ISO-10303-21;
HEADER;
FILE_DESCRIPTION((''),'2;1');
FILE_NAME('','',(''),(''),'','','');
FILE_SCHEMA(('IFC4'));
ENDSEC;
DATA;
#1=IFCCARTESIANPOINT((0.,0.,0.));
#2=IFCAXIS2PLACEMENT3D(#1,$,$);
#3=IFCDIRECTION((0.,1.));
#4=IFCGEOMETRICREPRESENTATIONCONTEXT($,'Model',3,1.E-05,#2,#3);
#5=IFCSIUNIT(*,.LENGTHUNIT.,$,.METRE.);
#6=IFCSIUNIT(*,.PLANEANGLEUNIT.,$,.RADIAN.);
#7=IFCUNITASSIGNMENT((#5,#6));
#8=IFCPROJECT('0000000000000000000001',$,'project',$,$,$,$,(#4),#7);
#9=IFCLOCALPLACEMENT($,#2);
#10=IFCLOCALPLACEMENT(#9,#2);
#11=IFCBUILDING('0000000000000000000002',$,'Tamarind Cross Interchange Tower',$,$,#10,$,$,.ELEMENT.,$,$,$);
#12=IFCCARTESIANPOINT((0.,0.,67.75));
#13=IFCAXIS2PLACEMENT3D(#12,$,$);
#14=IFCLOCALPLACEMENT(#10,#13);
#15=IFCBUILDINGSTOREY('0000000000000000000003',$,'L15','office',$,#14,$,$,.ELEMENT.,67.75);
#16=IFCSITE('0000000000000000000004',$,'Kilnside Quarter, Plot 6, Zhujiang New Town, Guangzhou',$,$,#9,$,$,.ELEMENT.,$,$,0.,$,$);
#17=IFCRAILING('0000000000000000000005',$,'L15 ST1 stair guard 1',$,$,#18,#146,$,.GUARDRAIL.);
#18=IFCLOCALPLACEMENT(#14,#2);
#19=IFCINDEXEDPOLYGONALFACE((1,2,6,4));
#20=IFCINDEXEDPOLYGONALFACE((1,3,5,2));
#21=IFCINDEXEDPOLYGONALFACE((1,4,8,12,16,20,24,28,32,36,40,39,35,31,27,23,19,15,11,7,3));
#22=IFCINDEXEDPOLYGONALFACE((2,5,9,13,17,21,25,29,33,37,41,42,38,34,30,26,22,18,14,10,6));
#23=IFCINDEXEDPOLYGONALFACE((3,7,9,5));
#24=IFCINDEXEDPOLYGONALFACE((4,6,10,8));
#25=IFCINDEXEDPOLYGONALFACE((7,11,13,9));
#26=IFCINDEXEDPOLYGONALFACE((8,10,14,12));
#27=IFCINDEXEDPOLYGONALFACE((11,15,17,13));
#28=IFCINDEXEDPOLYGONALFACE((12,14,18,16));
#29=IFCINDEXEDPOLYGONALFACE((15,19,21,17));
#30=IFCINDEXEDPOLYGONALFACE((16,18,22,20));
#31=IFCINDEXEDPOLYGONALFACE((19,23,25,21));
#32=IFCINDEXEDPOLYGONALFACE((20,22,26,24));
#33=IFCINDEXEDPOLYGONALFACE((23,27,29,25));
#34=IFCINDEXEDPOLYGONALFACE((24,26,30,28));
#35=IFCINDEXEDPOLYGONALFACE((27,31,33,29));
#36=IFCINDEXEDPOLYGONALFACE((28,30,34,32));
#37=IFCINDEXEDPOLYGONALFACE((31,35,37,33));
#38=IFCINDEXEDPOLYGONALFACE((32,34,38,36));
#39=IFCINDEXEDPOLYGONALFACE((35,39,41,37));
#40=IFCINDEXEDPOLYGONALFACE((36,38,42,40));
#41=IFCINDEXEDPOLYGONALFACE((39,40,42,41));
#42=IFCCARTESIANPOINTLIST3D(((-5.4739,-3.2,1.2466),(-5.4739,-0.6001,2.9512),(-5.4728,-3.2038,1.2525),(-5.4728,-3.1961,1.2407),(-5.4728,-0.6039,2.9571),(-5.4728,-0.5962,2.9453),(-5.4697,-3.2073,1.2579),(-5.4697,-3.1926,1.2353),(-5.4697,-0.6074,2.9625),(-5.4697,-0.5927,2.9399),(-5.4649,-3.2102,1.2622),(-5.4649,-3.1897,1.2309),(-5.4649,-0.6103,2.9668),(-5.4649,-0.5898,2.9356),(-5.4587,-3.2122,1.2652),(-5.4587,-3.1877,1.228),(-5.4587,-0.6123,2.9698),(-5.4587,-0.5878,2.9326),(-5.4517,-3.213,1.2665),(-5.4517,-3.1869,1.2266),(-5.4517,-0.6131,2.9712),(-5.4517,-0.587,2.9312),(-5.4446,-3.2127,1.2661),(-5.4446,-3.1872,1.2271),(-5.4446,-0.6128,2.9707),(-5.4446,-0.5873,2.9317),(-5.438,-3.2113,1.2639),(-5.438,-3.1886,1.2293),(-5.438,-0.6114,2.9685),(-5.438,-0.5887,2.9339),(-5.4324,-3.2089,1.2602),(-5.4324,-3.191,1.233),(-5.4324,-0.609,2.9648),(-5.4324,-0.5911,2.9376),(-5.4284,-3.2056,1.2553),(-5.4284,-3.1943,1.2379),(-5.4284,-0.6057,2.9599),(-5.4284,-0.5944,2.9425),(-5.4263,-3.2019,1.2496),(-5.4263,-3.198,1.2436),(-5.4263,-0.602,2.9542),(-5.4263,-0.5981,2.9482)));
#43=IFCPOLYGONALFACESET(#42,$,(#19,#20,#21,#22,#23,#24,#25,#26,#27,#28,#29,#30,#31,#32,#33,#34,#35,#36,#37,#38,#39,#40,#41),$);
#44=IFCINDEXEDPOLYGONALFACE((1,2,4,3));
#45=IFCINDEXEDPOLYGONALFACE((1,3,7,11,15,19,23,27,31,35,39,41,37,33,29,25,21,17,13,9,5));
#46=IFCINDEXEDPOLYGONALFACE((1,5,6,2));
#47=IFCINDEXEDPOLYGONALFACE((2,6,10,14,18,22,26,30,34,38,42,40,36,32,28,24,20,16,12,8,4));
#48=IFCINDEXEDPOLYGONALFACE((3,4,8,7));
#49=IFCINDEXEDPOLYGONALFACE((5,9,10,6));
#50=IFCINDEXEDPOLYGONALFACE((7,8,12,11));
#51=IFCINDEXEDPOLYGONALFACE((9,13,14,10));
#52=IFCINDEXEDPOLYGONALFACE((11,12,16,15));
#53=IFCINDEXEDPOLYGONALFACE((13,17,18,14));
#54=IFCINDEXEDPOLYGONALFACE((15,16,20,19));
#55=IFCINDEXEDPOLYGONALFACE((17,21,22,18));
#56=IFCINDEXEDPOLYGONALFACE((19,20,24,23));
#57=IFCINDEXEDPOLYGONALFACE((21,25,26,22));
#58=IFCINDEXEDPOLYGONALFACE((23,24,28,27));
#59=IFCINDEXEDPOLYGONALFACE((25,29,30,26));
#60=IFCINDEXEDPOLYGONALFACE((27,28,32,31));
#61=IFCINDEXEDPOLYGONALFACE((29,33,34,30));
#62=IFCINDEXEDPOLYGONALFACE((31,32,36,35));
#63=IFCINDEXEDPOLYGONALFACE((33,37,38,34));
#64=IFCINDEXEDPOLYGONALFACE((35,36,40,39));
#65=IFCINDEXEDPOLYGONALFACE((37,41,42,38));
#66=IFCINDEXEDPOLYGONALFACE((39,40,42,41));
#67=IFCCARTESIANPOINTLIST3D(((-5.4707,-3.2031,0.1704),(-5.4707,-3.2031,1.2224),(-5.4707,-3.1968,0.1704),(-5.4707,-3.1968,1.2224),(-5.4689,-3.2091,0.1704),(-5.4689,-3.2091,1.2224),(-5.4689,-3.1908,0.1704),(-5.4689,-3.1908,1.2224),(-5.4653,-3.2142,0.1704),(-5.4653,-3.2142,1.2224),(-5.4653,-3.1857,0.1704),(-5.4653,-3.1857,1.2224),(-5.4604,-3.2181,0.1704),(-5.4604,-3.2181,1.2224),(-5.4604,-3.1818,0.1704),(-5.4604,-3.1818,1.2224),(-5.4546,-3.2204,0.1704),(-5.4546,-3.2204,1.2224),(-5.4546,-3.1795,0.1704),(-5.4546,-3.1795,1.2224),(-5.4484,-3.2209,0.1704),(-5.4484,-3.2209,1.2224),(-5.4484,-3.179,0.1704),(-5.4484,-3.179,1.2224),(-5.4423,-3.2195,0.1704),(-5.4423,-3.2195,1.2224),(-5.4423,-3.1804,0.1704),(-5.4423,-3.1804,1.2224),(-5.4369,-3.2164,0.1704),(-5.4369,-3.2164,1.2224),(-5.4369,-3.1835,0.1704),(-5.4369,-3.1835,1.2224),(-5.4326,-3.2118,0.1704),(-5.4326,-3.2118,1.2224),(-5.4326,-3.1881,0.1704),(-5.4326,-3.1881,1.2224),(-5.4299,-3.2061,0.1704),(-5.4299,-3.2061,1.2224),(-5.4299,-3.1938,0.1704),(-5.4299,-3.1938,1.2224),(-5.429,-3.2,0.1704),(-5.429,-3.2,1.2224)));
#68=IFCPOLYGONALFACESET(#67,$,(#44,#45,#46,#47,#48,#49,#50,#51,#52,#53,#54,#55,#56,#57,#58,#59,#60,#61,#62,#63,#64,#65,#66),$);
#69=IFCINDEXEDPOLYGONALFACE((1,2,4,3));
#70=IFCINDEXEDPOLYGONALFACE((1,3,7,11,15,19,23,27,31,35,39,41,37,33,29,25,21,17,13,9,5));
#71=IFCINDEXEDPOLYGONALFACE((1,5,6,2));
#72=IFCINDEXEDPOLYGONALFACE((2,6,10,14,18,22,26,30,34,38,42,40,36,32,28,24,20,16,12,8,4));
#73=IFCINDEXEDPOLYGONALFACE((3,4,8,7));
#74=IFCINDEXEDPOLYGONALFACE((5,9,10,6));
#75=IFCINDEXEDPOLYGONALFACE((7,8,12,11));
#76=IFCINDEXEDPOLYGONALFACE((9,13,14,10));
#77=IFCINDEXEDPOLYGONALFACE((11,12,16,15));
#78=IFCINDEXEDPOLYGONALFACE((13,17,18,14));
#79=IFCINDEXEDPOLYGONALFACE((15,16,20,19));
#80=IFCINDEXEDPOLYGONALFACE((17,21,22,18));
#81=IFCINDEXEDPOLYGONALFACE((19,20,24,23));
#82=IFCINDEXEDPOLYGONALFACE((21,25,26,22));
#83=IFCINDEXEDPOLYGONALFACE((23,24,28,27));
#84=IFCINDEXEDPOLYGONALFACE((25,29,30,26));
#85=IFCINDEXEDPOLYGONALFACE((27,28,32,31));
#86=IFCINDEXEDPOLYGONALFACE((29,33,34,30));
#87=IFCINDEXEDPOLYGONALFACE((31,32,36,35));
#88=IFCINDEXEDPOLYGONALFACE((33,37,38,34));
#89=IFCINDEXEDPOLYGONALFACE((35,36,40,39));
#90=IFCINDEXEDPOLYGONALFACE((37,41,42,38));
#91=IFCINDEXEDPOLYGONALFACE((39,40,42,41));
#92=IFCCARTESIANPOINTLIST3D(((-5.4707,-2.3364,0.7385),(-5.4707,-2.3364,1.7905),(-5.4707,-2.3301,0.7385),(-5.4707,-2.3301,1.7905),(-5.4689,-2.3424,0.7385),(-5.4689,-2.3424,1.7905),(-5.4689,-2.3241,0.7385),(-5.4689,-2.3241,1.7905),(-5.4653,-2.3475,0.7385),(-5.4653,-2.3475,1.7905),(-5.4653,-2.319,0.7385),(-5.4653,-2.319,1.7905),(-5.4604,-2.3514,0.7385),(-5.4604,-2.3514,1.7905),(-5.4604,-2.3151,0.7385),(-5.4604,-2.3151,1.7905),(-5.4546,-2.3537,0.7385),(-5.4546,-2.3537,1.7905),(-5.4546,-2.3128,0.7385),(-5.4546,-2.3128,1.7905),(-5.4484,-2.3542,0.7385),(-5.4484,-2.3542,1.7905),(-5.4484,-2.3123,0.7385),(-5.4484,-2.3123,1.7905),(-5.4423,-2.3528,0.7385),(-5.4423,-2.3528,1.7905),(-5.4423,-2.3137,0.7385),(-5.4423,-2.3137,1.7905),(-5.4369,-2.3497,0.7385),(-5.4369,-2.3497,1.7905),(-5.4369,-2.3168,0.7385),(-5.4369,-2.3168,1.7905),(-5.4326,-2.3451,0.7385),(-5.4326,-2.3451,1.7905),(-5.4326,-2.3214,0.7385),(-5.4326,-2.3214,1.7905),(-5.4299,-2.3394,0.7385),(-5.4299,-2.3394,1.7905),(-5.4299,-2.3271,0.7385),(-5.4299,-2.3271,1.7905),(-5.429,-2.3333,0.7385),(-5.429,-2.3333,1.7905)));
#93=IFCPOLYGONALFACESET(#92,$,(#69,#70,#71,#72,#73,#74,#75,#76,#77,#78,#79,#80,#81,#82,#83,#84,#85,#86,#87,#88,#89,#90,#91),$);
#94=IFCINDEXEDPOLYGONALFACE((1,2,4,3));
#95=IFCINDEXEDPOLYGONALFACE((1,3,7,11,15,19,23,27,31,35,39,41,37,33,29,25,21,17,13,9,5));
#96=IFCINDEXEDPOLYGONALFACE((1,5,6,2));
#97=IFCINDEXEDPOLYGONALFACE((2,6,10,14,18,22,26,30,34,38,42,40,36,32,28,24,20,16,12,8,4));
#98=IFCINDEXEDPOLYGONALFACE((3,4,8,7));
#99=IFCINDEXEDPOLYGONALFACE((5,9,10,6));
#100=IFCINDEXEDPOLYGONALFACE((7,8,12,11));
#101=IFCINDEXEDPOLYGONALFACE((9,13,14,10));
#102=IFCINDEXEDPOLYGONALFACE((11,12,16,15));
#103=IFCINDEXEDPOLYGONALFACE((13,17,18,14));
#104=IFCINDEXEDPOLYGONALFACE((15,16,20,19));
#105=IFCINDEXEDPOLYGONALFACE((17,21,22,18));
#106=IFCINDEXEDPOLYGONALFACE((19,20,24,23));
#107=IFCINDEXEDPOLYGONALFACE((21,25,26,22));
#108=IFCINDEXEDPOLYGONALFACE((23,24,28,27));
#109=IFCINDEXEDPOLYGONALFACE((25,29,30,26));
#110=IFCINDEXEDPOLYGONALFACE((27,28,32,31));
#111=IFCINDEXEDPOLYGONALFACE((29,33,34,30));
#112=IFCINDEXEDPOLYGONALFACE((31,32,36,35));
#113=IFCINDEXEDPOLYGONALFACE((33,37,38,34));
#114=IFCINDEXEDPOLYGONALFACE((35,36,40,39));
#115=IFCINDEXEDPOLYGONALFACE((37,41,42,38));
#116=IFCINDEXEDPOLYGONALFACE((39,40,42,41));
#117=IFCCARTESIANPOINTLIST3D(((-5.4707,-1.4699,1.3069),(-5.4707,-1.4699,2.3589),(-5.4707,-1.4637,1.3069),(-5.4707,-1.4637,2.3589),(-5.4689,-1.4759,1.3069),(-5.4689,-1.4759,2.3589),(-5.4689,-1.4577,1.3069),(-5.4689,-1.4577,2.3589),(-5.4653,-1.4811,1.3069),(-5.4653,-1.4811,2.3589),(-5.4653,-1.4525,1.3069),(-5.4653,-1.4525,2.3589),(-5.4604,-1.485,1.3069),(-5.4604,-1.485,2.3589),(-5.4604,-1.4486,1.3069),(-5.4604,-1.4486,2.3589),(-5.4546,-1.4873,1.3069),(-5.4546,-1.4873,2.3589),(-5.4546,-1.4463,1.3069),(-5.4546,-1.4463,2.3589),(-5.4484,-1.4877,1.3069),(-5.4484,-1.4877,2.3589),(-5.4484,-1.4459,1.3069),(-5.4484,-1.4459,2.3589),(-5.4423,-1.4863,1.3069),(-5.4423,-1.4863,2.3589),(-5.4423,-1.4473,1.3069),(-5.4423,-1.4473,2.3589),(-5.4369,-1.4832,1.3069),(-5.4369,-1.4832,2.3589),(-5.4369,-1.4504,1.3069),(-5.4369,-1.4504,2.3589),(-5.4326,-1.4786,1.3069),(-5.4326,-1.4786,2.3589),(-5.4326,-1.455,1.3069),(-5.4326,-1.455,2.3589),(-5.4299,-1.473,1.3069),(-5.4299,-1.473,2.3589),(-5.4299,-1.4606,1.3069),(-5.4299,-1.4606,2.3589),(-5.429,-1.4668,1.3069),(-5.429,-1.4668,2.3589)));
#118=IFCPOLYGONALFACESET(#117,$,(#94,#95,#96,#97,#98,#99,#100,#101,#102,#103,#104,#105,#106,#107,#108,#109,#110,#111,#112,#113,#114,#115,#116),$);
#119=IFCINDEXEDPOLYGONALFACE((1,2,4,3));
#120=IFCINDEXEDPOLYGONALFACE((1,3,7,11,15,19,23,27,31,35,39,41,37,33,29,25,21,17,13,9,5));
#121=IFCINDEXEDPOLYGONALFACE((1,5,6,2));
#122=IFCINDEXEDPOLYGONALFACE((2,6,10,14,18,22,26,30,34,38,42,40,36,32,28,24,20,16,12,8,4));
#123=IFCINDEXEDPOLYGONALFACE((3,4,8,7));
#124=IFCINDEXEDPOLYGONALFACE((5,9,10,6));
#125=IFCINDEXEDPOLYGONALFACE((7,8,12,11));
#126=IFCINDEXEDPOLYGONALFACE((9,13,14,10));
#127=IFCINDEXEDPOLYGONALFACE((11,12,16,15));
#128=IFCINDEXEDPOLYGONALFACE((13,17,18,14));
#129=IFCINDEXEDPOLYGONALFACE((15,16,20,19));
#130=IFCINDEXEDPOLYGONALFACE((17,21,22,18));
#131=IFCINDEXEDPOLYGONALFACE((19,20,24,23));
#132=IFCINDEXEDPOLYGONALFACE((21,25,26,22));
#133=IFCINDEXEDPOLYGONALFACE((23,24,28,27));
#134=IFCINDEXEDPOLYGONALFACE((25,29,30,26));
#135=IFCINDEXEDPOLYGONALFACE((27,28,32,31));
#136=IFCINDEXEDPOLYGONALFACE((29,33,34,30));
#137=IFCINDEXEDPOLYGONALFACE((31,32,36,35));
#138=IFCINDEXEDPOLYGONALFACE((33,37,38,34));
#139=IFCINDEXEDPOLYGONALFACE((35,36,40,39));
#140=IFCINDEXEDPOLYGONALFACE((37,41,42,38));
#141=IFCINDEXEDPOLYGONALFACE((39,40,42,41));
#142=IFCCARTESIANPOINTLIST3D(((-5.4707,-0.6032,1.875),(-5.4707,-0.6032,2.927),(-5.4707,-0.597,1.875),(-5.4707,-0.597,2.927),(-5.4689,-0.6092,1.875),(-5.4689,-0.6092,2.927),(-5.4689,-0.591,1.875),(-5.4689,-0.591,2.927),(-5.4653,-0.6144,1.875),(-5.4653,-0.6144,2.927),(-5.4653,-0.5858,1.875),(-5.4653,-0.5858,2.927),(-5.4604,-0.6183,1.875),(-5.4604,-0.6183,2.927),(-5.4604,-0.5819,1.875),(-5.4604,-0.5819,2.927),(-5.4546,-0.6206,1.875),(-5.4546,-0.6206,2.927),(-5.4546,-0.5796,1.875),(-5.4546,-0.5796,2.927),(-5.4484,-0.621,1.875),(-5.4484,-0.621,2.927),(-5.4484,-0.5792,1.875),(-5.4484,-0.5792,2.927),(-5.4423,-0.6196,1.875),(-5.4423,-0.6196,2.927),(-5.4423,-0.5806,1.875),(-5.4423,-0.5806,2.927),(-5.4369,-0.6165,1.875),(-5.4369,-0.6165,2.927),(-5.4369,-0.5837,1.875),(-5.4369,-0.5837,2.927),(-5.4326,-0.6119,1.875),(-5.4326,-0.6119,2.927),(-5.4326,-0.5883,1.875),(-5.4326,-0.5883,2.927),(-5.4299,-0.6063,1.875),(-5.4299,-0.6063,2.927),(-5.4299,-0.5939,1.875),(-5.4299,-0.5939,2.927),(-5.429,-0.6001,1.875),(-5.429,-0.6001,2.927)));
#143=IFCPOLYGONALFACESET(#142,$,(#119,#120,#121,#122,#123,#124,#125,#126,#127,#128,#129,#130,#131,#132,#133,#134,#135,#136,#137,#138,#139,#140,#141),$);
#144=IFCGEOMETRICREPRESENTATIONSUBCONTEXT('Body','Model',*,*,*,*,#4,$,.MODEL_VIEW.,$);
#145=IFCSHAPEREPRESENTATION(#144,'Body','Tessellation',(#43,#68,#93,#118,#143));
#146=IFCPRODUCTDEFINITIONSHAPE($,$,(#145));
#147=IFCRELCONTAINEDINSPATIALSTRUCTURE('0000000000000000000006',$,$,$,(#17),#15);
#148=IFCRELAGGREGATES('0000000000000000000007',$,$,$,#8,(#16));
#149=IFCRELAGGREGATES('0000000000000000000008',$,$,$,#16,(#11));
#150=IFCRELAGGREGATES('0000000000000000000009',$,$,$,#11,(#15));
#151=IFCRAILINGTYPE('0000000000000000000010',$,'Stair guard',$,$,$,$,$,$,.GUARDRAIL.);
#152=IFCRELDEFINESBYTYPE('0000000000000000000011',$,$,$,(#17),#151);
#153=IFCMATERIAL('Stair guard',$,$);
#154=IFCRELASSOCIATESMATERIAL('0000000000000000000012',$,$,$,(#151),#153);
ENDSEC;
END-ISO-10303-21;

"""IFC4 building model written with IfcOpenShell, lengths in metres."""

from ifc_helpers import new_model, si_unit, direction, frame, origin, origin_2d, place, context, subcontext, project, spatial, circle, extrude, material, type_object, element, save


model = new_model("IFC4")

# Units and contexts
model_context = context("Model", 3, precision=1e-05, world=origin(), true_north=direction((0.0, 1.0)))
body_context = subcontext(model_context, "Body", "Model", "MODEL_VIEW")
ifc_project = project(units=[si_unit("LENGTHUNIT", "METRE"), si_unit("PLANEANGLEUNIT", "RADIAN")], contexts=[model_context])

# Site, building, storey
site_placement = place(None, origin())
site = spatial("IfcSite", under=ifc_project, at=site_placement, Name="Kilnside Quarter, Plot 6, Zhujiang New Town, Guangzhou", CompositionType="ELEMENT", RefElevation=0.0)
building_placement = place(site_placement, origin())
building = spatial("IfcBuilding", under=site, at=building_placement, Name="Tamarind Cross Interchange Tower", CompositionType="ELEMENT")
storey_placement = place(building_placement, frame((0.0, 0.0, 67.75)))
storey = spatial("IfcBuildingStorey", under=building, at=storey_placement, Name="L15", Description="office", CompositionType="ELEMENT", Elevation=67.75)

# Railing
ifc_material_1 = material(Name="Stair guard")
railing_type_1 = type_object("IfcRailingType", Name="Stair guard", PredefinedType="GUARDRAIL", material=ifc_material_1)
railing_1_placement = place(storey_placement, frame((-5.45, -3.2, 0.1704)))
element("IfcRailing", 1, at=railing_1_placement, inside=storey, type_object=railing_type_1, Name="L15 ST1 stair guard 1", PredefinedType="GUARDRAIL", context=body_context, shape_type="SweptSolid", body=[
    extrude(circle(Radius=0.0239, at=origin_2d()), frame((0.0, 0.0, 1.0762), z_axis=(0.0, 0.836279, 0.548305), x_axis=(-1.0, 0.0, 0.0)), (0.0, 0.0, 1.0), 3.1089),
    extrude(circle(Radius=0.021, at=origin_2d()), origin(), (0.0, 0.0, 1.0), 1.052),
    extrude(circle(Radius=0.021, at=origin_2d()), frame((0.0, 0.8667, 0.5681)), (0.0, 0.0, 1.0), 1.052),
    extrude(circle(Radius=0.021, at=origin_2d()), frame((0.0, 1.7332, 1.1365)), (0.0, 0.0, 1.0), 1.052),
    extrude(circle(Radius=0.021, at=origin_2d()), frame((0.0, 2.5999, 1.7046)), (0.0, 0.0, 1.0), 1.052),
])

save(model, "model.ifc")
